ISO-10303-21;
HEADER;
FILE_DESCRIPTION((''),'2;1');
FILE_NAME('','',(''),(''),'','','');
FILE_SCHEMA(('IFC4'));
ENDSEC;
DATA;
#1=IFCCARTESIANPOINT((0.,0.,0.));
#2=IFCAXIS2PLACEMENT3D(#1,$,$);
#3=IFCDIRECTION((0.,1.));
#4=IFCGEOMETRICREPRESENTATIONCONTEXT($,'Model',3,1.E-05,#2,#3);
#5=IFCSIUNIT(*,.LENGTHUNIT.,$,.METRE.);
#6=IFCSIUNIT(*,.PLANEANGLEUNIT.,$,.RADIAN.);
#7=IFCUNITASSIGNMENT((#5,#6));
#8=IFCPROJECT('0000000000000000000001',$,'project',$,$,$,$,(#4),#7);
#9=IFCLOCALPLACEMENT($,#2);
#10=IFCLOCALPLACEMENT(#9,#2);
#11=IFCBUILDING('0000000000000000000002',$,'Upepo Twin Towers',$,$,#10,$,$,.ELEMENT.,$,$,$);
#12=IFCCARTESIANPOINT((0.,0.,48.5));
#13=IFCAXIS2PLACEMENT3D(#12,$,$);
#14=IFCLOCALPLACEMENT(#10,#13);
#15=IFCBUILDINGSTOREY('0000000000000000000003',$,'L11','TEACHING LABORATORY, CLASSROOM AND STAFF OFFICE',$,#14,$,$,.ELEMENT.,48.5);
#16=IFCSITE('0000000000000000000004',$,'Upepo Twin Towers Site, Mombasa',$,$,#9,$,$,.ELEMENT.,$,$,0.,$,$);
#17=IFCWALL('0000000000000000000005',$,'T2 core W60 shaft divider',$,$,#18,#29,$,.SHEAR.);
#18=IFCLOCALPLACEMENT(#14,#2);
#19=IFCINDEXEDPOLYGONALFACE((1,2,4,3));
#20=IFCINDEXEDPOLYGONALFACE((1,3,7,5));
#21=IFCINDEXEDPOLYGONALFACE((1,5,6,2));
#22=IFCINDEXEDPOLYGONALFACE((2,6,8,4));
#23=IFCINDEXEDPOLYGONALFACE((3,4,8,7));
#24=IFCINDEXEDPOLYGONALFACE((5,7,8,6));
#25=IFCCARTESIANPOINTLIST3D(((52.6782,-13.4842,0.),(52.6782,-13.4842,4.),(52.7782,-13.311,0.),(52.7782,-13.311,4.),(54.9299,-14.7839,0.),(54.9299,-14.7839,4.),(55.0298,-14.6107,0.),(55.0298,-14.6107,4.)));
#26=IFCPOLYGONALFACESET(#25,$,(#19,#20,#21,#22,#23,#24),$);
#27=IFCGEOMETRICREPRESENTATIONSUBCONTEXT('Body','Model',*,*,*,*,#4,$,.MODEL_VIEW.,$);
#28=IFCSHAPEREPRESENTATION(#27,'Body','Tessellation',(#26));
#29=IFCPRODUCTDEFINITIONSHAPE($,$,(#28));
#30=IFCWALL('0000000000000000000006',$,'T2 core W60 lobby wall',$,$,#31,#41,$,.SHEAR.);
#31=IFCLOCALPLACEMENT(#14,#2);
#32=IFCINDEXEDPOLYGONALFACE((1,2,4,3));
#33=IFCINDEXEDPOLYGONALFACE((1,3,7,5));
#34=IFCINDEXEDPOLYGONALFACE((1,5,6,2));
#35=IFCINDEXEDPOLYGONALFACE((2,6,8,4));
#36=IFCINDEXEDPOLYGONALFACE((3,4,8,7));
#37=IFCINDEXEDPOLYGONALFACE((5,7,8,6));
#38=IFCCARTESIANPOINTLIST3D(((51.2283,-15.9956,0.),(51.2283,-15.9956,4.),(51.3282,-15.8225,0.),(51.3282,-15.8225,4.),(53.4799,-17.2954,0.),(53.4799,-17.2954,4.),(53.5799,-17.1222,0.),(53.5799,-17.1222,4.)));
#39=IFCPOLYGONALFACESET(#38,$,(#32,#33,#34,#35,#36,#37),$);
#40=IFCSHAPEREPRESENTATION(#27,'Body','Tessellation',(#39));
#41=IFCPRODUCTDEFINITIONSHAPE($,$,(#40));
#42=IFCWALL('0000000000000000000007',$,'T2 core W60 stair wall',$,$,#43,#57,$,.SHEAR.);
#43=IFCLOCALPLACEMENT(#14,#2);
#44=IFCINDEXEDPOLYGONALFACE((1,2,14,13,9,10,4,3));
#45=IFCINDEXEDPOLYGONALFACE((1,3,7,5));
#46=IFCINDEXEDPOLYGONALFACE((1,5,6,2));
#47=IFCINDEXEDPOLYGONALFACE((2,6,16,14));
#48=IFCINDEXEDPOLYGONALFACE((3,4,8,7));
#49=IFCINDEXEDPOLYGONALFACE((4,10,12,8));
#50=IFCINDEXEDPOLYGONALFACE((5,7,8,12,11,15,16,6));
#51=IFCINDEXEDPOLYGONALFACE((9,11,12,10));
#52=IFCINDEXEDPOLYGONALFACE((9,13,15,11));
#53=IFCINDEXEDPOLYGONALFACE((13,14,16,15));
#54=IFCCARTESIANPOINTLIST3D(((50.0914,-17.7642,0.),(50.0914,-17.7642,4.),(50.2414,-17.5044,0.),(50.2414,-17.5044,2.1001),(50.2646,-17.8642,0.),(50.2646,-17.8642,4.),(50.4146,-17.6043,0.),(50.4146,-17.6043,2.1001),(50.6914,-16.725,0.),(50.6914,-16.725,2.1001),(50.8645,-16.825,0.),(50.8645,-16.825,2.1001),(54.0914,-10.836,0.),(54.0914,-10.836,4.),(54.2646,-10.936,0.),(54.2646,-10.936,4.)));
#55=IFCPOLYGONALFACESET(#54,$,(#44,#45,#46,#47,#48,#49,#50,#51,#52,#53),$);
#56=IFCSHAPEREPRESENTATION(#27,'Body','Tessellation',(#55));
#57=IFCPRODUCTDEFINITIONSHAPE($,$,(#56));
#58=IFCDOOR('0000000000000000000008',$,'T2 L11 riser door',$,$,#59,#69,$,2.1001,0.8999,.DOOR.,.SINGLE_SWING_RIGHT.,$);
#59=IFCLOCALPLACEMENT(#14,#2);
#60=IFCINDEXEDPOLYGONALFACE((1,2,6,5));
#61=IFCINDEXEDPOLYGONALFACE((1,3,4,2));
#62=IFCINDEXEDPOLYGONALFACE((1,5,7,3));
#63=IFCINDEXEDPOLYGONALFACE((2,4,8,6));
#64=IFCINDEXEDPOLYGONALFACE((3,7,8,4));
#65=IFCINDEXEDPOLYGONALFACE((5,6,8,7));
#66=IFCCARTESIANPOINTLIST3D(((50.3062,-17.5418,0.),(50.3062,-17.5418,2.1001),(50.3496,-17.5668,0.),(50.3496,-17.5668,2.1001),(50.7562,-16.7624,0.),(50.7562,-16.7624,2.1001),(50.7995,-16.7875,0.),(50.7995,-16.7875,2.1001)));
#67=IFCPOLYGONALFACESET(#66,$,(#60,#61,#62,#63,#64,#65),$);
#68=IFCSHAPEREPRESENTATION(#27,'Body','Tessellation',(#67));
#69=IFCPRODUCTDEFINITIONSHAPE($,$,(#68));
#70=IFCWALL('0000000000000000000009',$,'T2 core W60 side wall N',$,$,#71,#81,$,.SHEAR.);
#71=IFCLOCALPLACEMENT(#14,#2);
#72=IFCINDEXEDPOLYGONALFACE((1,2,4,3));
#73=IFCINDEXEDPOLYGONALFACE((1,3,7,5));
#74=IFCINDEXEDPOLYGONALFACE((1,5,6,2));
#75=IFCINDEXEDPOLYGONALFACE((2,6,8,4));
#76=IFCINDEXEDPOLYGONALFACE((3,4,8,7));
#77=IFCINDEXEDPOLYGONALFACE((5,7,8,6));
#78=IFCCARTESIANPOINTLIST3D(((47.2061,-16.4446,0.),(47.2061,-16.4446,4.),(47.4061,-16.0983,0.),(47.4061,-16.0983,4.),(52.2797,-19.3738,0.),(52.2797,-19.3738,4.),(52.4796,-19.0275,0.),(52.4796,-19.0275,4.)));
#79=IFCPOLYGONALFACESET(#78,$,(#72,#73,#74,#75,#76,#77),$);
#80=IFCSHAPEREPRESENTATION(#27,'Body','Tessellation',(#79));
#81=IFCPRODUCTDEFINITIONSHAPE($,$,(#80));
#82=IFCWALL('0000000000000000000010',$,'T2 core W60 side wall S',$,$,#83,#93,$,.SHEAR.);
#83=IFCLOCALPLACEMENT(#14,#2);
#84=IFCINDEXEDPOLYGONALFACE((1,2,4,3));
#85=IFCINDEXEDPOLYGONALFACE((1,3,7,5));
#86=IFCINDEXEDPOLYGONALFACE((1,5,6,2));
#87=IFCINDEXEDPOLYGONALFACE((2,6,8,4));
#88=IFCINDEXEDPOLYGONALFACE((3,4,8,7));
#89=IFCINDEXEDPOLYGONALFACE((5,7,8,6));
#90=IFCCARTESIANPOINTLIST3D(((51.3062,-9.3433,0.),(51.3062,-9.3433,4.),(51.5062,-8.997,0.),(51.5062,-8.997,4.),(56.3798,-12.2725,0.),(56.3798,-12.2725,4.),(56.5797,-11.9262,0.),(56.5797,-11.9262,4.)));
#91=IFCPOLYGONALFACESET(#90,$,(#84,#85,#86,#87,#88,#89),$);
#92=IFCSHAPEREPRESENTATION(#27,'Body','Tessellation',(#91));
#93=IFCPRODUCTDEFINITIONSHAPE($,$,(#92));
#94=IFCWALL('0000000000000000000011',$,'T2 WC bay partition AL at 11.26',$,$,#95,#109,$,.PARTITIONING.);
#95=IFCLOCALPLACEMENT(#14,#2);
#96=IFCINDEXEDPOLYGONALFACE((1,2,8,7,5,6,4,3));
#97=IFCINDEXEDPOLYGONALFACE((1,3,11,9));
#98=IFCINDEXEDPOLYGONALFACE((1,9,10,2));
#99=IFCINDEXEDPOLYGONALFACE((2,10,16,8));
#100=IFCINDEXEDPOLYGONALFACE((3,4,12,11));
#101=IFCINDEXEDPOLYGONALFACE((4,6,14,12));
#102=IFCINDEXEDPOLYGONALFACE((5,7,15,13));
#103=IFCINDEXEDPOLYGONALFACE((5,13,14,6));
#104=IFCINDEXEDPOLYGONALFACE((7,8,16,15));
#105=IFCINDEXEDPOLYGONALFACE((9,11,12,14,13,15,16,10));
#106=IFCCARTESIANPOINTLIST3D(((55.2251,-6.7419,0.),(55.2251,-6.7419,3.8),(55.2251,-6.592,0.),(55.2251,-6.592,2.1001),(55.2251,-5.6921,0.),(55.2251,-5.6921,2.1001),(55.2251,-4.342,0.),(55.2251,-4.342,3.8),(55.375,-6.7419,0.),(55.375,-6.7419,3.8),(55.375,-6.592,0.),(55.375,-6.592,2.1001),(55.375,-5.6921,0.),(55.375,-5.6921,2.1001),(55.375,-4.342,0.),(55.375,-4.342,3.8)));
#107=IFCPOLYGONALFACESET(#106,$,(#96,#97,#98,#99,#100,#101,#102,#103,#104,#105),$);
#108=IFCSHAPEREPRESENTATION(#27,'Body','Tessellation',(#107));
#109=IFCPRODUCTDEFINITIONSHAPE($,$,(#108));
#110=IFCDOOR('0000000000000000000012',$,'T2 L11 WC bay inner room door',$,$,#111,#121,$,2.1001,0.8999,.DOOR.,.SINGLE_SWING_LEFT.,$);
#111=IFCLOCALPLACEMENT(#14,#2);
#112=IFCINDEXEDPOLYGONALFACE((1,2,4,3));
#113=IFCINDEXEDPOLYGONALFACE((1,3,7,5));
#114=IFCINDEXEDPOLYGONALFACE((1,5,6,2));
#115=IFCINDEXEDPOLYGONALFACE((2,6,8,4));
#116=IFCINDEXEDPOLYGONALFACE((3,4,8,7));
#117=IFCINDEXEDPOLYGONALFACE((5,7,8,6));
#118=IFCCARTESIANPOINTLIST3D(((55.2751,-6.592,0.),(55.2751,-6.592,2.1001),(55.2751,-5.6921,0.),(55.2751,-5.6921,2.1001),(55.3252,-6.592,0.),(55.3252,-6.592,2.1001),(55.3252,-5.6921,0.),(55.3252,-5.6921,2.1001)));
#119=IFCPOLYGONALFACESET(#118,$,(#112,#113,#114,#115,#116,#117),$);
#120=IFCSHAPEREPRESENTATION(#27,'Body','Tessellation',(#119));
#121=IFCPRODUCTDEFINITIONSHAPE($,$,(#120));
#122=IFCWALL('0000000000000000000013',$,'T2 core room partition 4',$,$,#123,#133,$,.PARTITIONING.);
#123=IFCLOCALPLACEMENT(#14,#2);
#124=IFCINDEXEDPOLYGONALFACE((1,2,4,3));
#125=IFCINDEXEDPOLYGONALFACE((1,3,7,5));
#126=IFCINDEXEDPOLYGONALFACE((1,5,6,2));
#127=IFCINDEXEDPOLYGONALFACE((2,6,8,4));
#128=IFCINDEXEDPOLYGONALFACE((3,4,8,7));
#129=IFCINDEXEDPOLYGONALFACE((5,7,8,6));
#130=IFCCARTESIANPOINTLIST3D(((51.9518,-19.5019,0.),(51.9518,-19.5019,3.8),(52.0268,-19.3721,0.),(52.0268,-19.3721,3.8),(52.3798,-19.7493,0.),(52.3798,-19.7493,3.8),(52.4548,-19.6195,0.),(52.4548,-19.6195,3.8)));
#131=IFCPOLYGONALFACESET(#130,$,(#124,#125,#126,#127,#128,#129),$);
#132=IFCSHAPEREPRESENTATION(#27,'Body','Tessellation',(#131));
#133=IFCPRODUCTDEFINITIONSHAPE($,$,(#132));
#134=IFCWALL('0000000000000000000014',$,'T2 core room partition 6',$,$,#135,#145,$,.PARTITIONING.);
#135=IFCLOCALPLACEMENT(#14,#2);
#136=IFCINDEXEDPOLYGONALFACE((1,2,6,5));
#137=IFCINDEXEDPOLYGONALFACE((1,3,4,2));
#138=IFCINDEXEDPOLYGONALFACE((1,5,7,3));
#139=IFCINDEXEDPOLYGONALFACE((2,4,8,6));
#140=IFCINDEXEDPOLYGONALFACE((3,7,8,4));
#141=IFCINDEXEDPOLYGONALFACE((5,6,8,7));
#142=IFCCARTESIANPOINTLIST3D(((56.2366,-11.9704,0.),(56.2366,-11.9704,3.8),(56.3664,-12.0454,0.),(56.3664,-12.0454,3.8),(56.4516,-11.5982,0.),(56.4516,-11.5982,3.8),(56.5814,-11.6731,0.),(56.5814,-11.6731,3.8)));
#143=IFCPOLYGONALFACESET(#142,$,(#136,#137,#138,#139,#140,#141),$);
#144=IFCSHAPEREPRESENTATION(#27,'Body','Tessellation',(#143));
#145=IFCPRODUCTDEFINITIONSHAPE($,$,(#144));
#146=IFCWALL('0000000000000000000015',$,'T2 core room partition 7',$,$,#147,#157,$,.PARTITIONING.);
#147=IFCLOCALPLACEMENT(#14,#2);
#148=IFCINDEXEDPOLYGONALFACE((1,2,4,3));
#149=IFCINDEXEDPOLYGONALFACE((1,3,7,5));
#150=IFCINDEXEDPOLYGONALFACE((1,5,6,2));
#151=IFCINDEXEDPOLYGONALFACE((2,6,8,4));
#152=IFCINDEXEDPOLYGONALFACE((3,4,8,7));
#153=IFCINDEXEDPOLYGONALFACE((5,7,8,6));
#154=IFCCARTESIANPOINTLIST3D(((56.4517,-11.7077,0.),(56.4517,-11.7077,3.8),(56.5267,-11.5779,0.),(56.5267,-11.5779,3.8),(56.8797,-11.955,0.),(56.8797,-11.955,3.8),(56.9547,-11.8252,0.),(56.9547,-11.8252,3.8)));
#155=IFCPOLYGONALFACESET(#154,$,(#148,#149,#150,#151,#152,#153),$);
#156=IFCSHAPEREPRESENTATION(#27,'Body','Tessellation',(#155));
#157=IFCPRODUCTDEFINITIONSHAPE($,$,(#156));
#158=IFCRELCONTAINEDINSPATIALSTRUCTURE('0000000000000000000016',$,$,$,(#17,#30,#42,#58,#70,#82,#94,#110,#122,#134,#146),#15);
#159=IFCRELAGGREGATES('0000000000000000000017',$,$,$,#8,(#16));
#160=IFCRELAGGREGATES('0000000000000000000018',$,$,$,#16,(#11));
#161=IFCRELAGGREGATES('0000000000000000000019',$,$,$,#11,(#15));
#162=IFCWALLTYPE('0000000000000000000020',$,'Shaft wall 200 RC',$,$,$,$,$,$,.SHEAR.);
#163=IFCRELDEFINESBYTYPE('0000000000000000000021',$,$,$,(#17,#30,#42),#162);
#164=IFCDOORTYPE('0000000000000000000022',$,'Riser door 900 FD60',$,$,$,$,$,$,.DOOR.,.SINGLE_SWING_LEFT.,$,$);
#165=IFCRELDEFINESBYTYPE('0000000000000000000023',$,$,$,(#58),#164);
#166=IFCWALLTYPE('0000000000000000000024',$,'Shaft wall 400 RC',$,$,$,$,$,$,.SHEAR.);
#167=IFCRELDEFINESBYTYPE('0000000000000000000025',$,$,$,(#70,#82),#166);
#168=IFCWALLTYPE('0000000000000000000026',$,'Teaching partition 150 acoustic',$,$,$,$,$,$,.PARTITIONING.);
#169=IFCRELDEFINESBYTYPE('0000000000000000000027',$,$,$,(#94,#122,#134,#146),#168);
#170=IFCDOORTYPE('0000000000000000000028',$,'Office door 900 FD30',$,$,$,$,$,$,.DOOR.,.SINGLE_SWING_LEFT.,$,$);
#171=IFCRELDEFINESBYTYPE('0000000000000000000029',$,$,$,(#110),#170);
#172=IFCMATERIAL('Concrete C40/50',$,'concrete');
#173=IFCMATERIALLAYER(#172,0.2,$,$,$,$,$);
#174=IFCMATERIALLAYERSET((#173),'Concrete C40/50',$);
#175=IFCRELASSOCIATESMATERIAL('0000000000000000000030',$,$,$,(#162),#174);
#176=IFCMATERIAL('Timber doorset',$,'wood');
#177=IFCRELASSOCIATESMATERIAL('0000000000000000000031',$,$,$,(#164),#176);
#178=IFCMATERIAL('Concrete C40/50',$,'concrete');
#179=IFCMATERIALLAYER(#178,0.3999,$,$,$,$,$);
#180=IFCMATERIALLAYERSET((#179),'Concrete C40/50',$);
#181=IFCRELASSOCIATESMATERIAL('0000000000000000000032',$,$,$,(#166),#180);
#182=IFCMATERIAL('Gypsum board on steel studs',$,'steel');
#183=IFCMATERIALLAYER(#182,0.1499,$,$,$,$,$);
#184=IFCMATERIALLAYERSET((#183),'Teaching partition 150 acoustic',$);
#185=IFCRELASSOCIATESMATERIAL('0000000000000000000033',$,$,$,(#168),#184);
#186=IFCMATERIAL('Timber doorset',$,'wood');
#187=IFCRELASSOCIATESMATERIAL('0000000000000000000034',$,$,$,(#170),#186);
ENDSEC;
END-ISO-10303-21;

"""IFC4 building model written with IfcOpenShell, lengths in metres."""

from ifc_helpers import new_model, si_unit, direction, frame, frame_2d, origin, place, context, subcontext, project, spatial, rectangle, extrude, material, layer, layer_set, type_object, element, fill, save


model = new_model("IFC4")

# Units and contexts
model_context = context("Model", 3, precision=1e-05, world=origin(), true_north=direction((0.0, 1.0)))
body_context = subcontext(model_context, "Body", "Model", "MODEL_VIEW")
ifc_project = project(units=[si_unit("LENGTHUNIT", "METRE"), si_unit("PLANEANGLEUNIT", "RADIAN")], contexts=[model_context])

# Site, building, storey
site_placement = place(None, origin())
site = spatial("IfcSite", under=ifc_project, at=site_placement, Name="Upepo Twin Towers Site, Mombasa", CompositionType="ELEMENT", RefElevation=0.0)
building_placement = place(site_placement, origin())
building = spatial("IfcBuilding", under=site, at=building_placement, Name="Upepo Twin Towers", CompositionType="ELEMENT")
storey_placement = place(building_placement, frame((0.0, 0.0, 48.5)))
storey = spatial("IfcBuildingStorey", under=building, at=storey_placement, Name="L11", Description="TEACHING LABORATORY, CLASSROOM AND STAFF OFFICE", CompositionType="ELEMENT", Elevation=48.5)

# Shared definitions
ifc_material_1 = material(Name="Concrete C40/50", Category="concrete")
ifc_layer_1 = layer(ifc_material_1, 0.2)
ifc_layer_set_1 = layer_set([ifc_layer_1], Name="Concrete C40/50")
wall_type_1 = type_object("IfcWallType", Name="Shaft wall 200 RC", PredefinedType="SHEAR", material=ifc_layer_set_1)

# Walls
for number, where, z_axis, x_axis, name in (
    (1, (54.9797, -14.6973, 0.0), (0.0, 0.0, 1.0), (-0.866062, 0.499937, 0.0), "T2 core W60 shaft divider"),
    (2, (53.5298, -17.2087, 0.0), (0.0, 0.0, 1.0), (-0.866062, 0.499937, 0.0), "T2 core W60 lobby wall"),
):
    element("IfcWall", number, at=place(storey_placement, frame(where, z_axis=z_axis, x_axis=x_axis)), inside=storey, type_object=wall_type_1, Name=name, PredefinedType="SHEAR", context=body_context, shape_type="SweptSolid", body=[
        extrude(rectangle(XDim=2.5999, YDim=0.2, at=frame_2d((1.2998, 0.0))), origin(), (0.0, 0.0, 1.0), 4.0),
    ])

# Wall, opening, door
wall_1_placement = place(storey_placement, frame((54.178, -10.886, 0.0), z_axis=(0.0, 0.0, 1.0), x_axis=(-0.499999, -0.866026, 0.0)))
wall_1 = element("IfcWall", 3, at=wall_1_placement, inside=storey, type_object=wall_type_1, Name="T2 core W60 stair wall", PredefinedType="SHEAR", context=body_context, shape_type="SweptSolid", body=[
    extrude(rectangle(XDim=8.0, YDim=0.2, at=frame_2d((4.0, 0.0))), origin(), (0.0, 0.0, 1.0), 4.0),
])
opening_1_placement = place(wall_1_placement, frame((6.8, 0.0, 0.0)))
opening_1 = element("IfcOpeningElement", 4, at=opening_1_placement, cuts=wall_1, PredefinedType="OPENING", context=body_context, shape_type="SweptSolid", body=[
    extrude(rectangle(XDim=0.8999, YDim=2.1001, at=frame_2d((0.45, 1.05))), frame((0.0, 0.1099, 0.0), z_axis=(0.0, -1.0, 0.0), x_axis=(1.0, 0.0, 0.0)), (0.0, 0.0, 1.0), 0.22),
])
ifc_material_2 = material(Name="Timber doorset", Category="wood")
door_type_1 = type_object("IfcDoorType", Name="Riser door 900 FD60", OperationType="SINGLE_SWING_LEFT", PredefinedType="DOOR", material=ifc_material_2)
door_1_placement = place(opening_1_placement, origin())
door_1 = element("IfcDoor", 5, at=door_1_placement, inside=storey, type_object=door_type_1, Name="T2 L11 riser door", OperationType="SINGLE_SWING_RIGHT", OverallHeight=2.1001, OverallWidth=0.8999, PredefinedType="DOOR", context=body_context, shape_type="SweptSolid", body=[
    extrude(rectangle(XDim=0.8999, YDim=2.1001, at=frame_2d((0.45, 1.05))), frame((0.0, 0.0249, 0.0), z_axis=(0.0, -1.0, 0.0), x_axis=(1.0, 0.0, 0.0)), (0.0, 0.0, 1.0), 0.05),
])
fill(opening_1, door_1)

# Walls
ifc_material_3 = material(Name="Concrete C40/50", Category="concrete")
ifc_layer_2 = layer(ifc_material_3, 0.3999)
ifc_layer_set_2 = layer_set([ifc_layer_2], Name="Concrete C40/50")
wall_type_2 = type_object("IfcWallType", Name="Shaft wall 400 RC", PredefinedType="SHEAR", material=ifc_layer_set_2)
for number, where, z_axis, x_axis, name in (
    (6, (52.3796, -19.2007, 0.0), (0.0, 0.0, 1.0), (-0.866024, 0.500003, 0.0), "T2 core W60 side wall N"),
    (7, (56.4797, -12.0994, 0.0), (0.0, 0.0, 1.0), (-0.866024, 0.500003, 0.0), "T2 core W60 side wall S"),
):
    element("IfcWall", number, at=place(storey_placement, frame(where, z_axis=z_axis, x_axis=x_axis)), inside=storey, type_object=wall_type_2, Name=name, PredefinedType="SHEAR", context=body_context, shape_type="SweptSolid", body=[
        extrude(rectangle(XDim=5.8584, YDim=0.3999, at=frame_2d((2.9292, 0.0))), origin(), (0.0, 0.0, 1.0), 4.0),
    ])

# Wall, opening, door
ifc_material_4 = material(Name="Gypsum board on steel studs", Category="steel")
ifc_layer_3 = layer(ifc_material_4, 0.1499)
ifc_layer_set_3 = layer_set([ifc_layer_3], Name="Teaching partition 150 acoustic")
wall_type_3 = type_object("IfcWallType", Name="Teaching partition 150 acoustic", PredefinedType="PARTITIONING", material=ifc_layer_set_3)
wall_2_placement = place(storey_placement, frame((55.3, -6.7419, 0.0), z_axis=(0.0, 0.0, 1.0), x_axis=(0.0, 1.0, 0.0)))
wall_2 = element("IfcWall", 8, at=wall_2_placement, inside=storey, type_object=wall_type_3, Name="T2 WC bay partition AL at 11.26", PredefinedType="PARTITIONING", context=body_context, shape_type="SweptSolid", body=[
    extrude(rectangle(XDim=2.3999, YDim=0.1499, at=frame_2d((1.2, 0.0))), origin(), (0.0, 0.0, 1.0), 3.8),
])
opening_2_placement = place(wall_2_placement, frame((0.1499, 0.0, 0.0)))
opening_2 = element("IfcOpeningElement", 9, at=opening_2_placement, cuts=wall_2, PredefinedType="OPENING", context=body_context, shape_type="SweptSolid", body=[
    extrude(rectangle(XDim=0.8999, YDim=2.1001, at=frame_2d((0.45, 1.05))), frame((0.0, 0.085, 0.0), z_axis=(0.0, -1.0, 0.0), x_axis=(1.0, 0.0, 0.0)), (0.0, 0.0, 1.0), 0.1699),
])
ifc_material_5 = material(Name="Timber doorset", Category="wood")
door_type_2 = type_object("IfcDoorType", Name="Office door 900 FD30", OperationType="SINGLE_SWING_LEFT", PredefinedType="DOOR", material=ifc_material_5)
door_2_placement = place(opening_2_placement, origin())
door_2 = element("IfcDoor", 10, at=door_2_placement, inside=storey, type_object=door_type_2, Name="T2 L11 WC bay inner room door", OperationType="SINGLE_SWING_LEFT", OverallHeight=2.1001, OverallWidth=0.8999, PredefinedType="DOOR", context=body_context, shape_type="SweptSolid", body=[
    extrude(rectangle(XDim=0.8999, YDim=2.1001, at=frame_2d((0.45, 1.05))), frame((0.0, 0.0249, 0.0), z_axis=(0.0, -1.0, 0.0), x_axis=(1.0, 0.0, 0.0)), (0.0, 0.0, 1.0), 0.05),
])
fill(opening_2, door_2)

# Walls
wall_3_placement = place(storey_placement, frame((52.4172, -19.6843, 0.0), z_axis=(0.0, 0.0, 1.0), x_axis=(-0.865832, 0.500335, 0.0)))
element("IfcWall", 11, at=wall_3_placement, inside=storey, type_object=wall_type_3, Name="T2 core room partition 4", PredefinedType="PARTITIONING", context=body_context, shape_type="SweptSolid", body=[
    extrude(rectangle(XDim=0.4944, YDim=0.1499, at=frame_2d((0.2471, 0.0))), origin(), (0.0, 0.0, 1.0), 3.8),
])
wall_4_placement = place(storey_placement, frame((56.3015, -12.0078, 0.0), z_axis=(0.0, 0.0, 1.0), x_axis=(0.50023, 0.865892, 0.0)))
element("IfcWall", 12, at=wall_4_placement, inside=storey, type_object=wall_type_3, Name="T2 core room partition 6", PredefinedType="PARTITIONING", context=body_context, shape_type="SweptSolid", body=[
    extrude(rectangle(XDim=0.4299, YDim=0.1499, at=frame_2d((0.2148, 0.0))), origin(), (0.0, 0.0, 1.0), 3.8),
])
wall_5_placement = place(storey_placement, frame((56.4893, -11.6428, 0.0), z_axis=(0.0, 0.0, 1.0), x_axis=(0.865832, -0.500335, 0.0)))
element("IfcWall", 13, at=wall_5_placement, inside=storey, type_object=wall_type_3, Name="T2 core room partition 7", PredefinedType="PARTITIONING", context=body_context, shape_type="SweptSolid", body=[
    extrude(rectangle(XDim=0.4944, YDim=0.1499, at=frame_2d((0.2471, 0.0))), origin(), (0.0, 0.0, 1.0), 3.8),
])

save(model, "model.ifc")
